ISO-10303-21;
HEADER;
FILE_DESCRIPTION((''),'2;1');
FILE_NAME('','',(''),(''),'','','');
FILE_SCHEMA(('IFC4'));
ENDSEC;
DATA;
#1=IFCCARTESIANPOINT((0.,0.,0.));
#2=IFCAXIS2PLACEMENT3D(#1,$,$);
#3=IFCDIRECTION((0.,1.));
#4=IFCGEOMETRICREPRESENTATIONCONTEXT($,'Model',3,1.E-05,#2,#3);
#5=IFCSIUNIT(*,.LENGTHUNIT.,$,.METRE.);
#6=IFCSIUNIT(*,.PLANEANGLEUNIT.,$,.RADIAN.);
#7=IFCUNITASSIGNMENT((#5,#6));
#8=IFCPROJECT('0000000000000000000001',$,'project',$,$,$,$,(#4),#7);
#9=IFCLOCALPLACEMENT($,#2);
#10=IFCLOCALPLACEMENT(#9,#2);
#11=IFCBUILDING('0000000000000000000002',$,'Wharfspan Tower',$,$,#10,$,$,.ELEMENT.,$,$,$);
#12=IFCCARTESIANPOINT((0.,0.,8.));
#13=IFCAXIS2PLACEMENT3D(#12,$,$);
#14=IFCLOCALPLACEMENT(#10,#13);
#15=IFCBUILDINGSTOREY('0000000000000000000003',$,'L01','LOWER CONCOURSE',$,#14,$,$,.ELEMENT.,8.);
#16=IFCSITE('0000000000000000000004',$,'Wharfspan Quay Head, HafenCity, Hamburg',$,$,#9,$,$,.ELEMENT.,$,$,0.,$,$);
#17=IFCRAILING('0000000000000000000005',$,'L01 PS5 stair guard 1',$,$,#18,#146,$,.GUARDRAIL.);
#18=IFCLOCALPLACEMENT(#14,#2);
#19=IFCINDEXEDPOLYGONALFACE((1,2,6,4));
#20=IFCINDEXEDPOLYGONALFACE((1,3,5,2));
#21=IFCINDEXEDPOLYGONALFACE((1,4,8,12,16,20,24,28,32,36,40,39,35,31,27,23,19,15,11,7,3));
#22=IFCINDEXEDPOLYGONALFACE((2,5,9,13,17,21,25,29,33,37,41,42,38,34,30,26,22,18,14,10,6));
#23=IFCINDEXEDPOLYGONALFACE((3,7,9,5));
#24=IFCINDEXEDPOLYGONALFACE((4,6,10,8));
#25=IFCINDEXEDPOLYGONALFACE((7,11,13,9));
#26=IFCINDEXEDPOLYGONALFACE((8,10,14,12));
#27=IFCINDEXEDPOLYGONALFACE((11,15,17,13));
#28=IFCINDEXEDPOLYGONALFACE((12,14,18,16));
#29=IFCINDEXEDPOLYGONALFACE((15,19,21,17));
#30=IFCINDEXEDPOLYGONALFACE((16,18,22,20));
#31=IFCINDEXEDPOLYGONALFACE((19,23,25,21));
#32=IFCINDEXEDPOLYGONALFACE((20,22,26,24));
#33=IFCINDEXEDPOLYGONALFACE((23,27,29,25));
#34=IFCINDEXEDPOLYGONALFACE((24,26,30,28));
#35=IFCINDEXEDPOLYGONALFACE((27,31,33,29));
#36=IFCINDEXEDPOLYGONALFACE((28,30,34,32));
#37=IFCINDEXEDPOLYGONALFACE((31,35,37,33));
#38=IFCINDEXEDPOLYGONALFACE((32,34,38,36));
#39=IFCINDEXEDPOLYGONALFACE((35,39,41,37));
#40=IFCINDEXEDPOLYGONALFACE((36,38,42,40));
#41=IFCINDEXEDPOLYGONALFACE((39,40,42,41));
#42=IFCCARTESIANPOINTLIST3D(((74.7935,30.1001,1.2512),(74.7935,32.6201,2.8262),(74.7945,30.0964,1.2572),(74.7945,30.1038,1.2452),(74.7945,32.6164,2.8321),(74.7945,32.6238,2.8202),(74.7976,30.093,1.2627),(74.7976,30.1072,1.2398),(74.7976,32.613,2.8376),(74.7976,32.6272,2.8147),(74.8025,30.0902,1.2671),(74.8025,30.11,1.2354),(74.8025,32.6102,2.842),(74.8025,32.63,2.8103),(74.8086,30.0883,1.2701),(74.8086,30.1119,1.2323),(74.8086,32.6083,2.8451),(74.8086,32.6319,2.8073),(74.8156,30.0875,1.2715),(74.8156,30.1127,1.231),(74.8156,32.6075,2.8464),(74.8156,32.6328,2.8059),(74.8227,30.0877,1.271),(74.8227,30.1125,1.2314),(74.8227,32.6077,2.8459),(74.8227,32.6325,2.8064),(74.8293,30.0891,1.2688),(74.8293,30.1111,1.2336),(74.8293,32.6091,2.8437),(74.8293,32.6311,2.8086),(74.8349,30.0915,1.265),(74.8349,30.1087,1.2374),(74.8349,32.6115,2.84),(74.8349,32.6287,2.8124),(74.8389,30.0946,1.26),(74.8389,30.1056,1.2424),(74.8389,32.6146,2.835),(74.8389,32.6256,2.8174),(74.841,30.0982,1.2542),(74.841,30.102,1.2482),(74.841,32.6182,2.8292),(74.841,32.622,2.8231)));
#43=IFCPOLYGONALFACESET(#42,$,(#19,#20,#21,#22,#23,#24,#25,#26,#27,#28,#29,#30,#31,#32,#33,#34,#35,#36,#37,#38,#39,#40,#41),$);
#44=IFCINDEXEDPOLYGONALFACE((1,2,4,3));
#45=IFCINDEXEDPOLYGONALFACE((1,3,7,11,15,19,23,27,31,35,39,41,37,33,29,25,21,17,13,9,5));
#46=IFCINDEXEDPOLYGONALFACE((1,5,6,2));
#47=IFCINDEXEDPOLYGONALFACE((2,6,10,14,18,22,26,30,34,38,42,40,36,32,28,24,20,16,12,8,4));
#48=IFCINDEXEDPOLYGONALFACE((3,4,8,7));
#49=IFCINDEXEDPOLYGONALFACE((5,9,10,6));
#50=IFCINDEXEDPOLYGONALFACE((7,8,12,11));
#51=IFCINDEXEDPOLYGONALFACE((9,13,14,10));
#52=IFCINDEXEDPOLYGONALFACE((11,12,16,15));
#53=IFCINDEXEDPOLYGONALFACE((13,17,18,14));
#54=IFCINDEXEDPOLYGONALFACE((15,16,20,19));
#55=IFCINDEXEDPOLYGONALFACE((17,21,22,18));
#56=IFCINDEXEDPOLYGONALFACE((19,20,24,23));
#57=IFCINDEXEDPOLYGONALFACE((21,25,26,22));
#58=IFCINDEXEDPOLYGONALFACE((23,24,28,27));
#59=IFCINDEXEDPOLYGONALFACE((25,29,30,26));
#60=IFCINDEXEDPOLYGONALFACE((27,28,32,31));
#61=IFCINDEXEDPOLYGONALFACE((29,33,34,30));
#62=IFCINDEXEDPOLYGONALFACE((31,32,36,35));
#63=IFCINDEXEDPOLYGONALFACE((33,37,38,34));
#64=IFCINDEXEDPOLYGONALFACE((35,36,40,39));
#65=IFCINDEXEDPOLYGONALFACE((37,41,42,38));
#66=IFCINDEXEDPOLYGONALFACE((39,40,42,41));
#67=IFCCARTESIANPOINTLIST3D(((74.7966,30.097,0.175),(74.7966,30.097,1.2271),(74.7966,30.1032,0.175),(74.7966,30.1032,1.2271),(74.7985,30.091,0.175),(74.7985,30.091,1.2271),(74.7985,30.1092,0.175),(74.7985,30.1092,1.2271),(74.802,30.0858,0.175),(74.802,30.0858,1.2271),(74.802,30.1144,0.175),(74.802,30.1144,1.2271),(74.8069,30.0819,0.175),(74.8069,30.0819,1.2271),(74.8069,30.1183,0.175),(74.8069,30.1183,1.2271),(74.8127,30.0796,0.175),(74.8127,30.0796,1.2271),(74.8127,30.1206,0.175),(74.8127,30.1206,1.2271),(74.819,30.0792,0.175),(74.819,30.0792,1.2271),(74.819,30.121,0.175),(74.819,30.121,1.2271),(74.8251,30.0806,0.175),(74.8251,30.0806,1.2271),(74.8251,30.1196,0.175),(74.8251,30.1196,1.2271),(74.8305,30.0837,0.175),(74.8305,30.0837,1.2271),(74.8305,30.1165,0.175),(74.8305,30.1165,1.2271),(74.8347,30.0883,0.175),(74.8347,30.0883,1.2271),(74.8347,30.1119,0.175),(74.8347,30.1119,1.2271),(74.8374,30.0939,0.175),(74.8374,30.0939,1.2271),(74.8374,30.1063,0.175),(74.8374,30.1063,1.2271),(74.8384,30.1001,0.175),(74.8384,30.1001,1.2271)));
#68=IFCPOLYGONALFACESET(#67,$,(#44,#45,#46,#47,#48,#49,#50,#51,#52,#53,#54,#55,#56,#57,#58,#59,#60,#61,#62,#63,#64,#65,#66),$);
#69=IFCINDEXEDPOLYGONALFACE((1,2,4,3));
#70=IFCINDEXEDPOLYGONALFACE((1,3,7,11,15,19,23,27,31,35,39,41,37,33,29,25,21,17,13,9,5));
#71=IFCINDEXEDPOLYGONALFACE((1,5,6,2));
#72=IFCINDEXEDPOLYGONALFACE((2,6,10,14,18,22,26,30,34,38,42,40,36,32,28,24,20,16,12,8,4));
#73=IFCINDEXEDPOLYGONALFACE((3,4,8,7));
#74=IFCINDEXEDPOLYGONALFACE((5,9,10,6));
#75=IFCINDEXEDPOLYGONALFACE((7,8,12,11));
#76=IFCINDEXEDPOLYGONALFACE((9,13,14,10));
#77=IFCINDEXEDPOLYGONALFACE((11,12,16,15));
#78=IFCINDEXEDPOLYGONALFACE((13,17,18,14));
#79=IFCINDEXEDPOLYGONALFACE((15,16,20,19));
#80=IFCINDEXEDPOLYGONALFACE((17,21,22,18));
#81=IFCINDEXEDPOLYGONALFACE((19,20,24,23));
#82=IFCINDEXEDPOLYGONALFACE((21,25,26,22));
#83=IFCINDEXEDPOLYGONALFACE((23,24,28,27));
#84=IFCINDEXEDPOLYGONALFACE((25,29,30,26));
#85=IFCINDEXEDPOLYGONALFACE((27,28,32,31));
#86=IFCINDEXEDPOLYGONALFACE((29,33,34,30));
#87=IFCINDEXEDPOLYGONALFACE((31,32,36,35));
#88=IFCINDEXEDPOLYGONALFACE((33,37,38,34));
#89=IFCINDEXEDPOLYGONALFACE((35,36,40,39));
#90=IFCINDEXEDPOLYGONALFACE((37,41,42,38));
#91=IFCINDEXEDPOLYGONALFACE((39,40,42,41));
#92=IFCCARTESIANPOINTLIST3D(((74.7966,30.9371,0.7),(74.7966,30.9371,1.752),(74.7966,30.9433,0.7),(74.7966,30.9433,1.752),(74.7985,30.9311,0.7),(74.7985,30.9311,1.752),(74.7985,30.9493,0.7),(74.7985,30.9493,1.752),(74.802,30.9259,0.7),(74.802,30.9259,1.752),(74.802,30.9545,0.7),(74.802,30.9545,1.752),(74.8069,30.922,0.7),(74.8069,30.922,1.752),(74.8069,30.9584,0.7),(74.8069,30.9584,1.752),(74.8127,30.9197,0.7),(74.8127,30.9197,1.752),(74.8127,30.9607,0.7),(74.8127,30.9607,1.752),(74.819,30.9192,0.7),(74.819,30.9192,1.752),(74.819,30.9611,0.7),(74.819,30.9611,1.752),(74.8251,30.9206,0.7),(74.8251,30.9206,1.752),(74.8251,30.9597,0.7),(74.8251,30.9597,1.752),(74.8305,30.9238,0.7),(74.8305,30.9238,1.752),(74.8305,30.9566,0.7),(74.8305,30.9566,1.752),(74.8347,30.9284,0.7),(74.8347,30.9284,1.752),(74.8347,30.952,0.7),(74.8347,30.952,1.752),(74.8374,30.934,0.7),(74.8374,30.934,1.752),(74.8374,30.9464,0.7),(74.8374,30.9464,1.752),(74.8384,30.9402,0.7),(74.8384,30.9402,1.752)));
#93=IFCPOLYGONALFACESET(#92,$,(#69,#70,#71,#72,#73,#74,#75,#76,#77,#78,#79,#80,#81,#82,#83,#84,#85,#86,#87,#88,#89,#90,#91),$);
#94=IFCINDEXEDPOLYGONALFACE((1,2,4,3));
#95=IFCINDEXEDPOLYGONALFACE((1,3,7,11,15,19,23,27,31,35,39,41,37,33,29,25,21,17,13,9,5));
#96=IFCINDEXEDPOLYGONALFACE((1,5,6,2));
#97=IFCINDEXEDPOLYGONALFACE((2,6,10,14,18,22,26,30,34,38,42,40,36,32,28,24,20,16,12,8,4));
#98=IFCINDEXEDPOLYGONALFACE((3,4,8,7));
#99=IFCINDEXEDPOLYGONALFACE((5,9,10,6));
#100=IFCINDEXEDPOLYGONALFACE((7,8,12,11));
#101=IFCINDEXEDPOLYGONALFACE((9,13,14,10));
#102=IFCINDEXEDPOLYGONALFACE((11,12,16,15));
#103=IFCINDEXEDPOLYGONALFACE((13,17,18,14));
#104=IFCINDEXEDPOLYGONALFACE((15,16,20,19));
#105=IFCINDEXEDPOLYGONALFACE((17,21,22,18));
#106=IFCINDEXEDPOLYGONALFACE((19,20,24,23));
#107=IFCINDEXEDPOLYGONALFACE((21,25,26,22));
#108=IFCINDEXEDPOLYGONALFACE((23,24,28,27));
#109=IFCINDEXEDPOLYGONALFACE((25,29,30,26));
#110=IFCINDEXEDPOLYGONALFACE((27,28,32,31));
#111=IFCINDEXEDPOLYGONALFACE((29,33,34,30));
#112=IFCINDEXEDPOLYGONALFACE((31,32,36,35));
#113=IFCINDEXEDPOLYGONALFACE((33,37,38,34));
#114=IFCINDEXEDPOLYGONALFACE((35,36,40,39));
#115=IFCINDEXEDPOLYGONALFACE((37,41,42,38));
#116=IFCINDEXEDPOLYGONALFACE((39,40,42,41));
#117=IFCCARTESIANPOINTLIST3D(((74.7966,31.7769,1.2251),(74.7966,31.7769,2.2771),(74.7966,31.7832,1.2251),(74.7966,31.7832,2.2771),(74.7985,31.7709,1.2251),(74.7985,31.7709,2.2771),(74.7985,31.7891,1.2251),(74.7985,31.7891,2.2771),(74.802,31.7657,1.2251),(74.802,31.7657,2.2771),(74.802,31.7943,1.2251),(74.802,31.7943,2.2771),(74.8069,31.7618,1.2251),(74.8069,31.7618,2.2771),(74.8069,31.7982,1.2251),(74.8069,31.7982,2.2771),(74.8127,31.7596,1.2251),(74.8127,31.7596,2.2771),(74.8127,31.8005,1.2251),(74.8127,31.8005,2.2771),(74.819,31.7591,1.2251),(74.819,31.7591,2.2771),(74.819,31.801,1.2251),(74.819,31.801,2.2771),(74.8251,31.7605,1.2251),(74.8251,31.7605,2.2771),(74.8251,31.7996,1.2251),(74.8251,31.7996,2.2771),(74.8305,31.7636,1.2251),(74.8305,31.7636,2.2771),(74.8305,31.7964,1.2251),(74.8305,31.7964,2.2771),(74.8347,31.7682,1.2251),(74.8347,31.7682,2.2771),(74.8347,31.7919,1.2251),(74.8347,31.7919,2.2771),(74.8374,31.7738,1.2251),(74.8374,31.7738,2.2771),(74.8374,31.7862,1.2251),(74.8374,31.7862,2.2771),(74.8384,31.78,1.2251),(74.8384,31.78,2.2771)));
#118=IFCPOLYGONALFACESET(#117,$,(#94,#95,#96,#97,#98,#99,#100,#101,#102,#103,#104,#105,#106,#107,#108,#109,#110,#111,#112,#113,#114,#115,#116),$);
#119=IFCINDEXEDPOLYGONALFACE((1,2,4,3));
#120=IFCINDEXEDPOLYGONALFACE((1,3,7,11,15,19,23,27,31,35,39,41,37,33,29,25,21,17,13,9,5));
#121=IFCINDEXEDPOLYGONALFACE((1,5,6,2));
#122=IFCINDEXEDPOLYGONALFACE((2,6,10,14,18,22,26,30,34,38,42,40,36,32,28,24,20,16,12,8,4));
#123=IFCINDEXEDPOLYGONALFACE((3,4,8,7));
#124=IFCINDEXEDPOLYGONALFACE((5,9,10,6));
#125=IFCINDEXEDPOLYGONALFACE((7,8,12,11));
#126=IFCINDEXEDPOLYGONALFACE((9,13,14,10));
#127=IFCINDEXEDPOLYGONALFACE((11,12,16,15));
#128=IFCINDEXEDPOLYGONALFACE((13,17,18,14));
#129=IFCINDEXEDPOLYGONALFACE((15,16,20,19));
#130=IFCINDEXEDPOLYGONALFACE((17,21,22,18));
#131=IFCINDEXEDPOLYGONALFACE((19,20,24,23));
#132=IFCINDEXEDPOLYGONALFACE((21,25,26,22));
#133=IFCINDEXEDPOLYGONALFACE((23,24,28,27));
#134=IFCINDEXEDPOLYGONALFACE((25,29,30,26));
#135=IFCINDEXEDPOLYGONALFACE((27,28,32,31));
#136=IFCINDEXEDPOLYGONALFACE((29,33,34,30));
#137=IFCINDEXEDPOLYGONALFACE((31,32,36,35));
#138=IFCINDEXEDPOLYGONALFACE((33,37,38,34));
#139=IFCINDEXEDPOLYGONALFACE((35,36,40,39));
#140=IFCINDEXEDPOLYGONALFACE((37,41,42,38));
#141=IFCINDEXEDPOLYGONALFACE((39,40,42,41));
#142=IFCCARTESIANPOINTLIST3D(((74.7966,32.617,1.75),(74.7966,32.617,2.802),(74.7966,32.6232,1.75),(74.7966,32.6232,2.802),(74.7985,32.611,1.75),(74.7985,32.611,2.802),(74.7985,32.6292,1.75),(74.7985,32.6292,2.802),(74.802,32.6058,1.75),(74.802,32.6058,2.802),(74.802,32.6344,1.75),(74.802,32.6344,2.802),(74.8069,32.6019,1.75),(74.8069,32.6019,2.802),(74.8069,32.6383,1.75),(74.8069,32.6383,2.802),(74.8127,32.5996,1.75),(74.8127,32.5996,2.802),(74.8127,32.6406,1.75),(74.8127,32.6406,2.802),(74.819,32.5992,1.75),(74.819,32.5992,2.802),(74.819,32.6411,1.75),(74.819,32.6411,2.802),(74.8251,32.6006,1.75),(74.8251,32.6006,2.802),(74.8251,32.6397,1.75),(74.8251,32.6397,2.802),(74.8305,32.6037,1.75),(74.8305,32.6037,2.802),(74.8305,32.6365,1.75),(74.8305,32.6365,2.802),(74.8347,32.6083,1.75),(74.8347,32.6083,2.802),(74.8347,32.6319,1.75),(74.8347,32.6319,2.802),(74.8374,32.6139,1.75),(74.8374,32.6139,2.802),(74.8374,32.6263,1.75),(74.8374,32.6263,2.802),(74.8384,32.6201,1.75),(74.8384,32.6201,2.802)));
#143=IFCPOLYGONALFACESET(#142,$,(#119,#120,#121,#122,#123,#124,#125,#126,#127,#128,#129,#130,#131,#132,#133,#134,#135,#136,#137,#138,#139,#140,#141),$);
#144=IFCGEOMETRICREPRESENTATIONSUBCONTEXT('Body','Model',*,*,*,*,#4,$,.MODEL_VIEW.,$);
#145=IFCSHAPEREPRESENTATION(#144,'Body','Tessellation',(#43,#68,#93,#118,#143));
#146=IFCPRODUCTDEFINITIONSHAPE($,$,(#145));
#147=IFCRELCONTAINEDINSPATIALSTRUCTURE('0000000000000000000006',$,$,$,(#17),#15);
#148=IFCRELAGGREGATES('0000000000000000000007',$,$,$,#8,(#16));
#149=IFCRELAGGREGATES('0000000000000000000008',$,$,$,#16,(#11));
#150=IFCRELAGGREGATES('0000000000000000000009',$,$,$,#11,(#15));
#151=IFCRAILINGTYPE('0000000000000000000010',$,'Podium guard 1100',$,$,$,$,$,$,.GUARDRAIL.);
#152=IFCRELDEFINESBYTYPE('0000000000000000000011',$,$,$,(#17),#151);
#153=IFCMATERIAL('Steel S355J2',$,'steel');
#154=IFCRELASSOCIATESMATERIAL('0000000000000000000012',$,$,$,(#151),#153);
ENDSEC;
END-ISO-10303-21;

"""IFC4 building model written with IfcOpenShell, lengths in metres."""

from ifc_helpers import new_model, si_unit, direction, frame, origin, origin_2d, place, context, subcontext, project, spatial, circle, extrude, material, type_object, element, save


model = new_model("IFC4")

# Units and contexts
model_context = context("Model", 3, precision=1e-05, world=origin(), true_north=direction((0.0, 1.0)))
body_context = subcontext(model_context, "Body", "Model", "MODEL_VIEW")
ifc_project = project(units=[si_unit("LENGTHUNIT", "METRE"), si_unit("PLANEANGLEUNIT", "RADIAN")], contexts=[model_context])

# Site, building, storey
site_placement = place(None, origin())
site = spatial("IfcSite", under=ifc_project, at=site_placement, Name="Wharfspan Quay Head, HafenCity, Hamburg", CompositionType="ELEMENT", RefElevation=0.0)
building_placement = place(site_placement, origin())
building = spatial("IfcBuilding", under=site, at=building_placement, Name="Wharfspan Tower", CompositionType="ELEMENT")
storey_placement = place(building_placement, frame((0.0, 0.0, 8.0)))
storey = spatial("IfcBuildingStorey", under=building, at=storey_placement, Name="L01", Description="LOWER CONCOURSE", CompositionType="ELEMENT", Elevation=8.0)

# Railing
ifc_material_1 = material(Name="Steel S355J2", Category="steel")
railing_type_1 = type_object("IfcRailingType", Name="Podium guard 1100", PredefinedType="GUARDRAIL", material=ifc_material_1)
for number, where, name in (
    (1, (74.8174, 30.1001, 0.175), "L01 PS5 stair guard 1"),
):
    element("IfcRailing", number, at=place(storey_placement, frame(where)), inside=storey, type_object=railing_type_1, Name=name, PredefinedType="GUARDRAIL", context=body_context, shape_type="SweptSolid", body=[
        extrude(circle(Radius=0.0239, at=origin_2d()), frame((0.0, 0.0, 1.0762), z_axis=(0.0, 0.848008, 0.529984), x_axis=(-1.0, 0.0, 0.0)), (0.0, 0.0, 1.0), 2.9717),
        extrude(circle(Radius=0.021, at=origin_2d()), origin(), (0.0, 0.0, 1.0), 1.052),
        extrude(circle(Radius=0.021, at=origin_2d()), frame((0.0, 0.8401, 0.5249)), (0.0, 0.0, 1.0), 1.052),
        extrude(circle(Radius=0.021, at=origin_2d()), frame((0.0, 1.6799, 1.05)), (0.0, 0.0, 1.0), 1.052),
        extrude(circle(Radius=0.021, at=origin_2d()), frame((0.0, 2.52, 1.575)), (0.0, 0.0, 1.0), 1.052),
    ])

save(model, "model.ifc")
